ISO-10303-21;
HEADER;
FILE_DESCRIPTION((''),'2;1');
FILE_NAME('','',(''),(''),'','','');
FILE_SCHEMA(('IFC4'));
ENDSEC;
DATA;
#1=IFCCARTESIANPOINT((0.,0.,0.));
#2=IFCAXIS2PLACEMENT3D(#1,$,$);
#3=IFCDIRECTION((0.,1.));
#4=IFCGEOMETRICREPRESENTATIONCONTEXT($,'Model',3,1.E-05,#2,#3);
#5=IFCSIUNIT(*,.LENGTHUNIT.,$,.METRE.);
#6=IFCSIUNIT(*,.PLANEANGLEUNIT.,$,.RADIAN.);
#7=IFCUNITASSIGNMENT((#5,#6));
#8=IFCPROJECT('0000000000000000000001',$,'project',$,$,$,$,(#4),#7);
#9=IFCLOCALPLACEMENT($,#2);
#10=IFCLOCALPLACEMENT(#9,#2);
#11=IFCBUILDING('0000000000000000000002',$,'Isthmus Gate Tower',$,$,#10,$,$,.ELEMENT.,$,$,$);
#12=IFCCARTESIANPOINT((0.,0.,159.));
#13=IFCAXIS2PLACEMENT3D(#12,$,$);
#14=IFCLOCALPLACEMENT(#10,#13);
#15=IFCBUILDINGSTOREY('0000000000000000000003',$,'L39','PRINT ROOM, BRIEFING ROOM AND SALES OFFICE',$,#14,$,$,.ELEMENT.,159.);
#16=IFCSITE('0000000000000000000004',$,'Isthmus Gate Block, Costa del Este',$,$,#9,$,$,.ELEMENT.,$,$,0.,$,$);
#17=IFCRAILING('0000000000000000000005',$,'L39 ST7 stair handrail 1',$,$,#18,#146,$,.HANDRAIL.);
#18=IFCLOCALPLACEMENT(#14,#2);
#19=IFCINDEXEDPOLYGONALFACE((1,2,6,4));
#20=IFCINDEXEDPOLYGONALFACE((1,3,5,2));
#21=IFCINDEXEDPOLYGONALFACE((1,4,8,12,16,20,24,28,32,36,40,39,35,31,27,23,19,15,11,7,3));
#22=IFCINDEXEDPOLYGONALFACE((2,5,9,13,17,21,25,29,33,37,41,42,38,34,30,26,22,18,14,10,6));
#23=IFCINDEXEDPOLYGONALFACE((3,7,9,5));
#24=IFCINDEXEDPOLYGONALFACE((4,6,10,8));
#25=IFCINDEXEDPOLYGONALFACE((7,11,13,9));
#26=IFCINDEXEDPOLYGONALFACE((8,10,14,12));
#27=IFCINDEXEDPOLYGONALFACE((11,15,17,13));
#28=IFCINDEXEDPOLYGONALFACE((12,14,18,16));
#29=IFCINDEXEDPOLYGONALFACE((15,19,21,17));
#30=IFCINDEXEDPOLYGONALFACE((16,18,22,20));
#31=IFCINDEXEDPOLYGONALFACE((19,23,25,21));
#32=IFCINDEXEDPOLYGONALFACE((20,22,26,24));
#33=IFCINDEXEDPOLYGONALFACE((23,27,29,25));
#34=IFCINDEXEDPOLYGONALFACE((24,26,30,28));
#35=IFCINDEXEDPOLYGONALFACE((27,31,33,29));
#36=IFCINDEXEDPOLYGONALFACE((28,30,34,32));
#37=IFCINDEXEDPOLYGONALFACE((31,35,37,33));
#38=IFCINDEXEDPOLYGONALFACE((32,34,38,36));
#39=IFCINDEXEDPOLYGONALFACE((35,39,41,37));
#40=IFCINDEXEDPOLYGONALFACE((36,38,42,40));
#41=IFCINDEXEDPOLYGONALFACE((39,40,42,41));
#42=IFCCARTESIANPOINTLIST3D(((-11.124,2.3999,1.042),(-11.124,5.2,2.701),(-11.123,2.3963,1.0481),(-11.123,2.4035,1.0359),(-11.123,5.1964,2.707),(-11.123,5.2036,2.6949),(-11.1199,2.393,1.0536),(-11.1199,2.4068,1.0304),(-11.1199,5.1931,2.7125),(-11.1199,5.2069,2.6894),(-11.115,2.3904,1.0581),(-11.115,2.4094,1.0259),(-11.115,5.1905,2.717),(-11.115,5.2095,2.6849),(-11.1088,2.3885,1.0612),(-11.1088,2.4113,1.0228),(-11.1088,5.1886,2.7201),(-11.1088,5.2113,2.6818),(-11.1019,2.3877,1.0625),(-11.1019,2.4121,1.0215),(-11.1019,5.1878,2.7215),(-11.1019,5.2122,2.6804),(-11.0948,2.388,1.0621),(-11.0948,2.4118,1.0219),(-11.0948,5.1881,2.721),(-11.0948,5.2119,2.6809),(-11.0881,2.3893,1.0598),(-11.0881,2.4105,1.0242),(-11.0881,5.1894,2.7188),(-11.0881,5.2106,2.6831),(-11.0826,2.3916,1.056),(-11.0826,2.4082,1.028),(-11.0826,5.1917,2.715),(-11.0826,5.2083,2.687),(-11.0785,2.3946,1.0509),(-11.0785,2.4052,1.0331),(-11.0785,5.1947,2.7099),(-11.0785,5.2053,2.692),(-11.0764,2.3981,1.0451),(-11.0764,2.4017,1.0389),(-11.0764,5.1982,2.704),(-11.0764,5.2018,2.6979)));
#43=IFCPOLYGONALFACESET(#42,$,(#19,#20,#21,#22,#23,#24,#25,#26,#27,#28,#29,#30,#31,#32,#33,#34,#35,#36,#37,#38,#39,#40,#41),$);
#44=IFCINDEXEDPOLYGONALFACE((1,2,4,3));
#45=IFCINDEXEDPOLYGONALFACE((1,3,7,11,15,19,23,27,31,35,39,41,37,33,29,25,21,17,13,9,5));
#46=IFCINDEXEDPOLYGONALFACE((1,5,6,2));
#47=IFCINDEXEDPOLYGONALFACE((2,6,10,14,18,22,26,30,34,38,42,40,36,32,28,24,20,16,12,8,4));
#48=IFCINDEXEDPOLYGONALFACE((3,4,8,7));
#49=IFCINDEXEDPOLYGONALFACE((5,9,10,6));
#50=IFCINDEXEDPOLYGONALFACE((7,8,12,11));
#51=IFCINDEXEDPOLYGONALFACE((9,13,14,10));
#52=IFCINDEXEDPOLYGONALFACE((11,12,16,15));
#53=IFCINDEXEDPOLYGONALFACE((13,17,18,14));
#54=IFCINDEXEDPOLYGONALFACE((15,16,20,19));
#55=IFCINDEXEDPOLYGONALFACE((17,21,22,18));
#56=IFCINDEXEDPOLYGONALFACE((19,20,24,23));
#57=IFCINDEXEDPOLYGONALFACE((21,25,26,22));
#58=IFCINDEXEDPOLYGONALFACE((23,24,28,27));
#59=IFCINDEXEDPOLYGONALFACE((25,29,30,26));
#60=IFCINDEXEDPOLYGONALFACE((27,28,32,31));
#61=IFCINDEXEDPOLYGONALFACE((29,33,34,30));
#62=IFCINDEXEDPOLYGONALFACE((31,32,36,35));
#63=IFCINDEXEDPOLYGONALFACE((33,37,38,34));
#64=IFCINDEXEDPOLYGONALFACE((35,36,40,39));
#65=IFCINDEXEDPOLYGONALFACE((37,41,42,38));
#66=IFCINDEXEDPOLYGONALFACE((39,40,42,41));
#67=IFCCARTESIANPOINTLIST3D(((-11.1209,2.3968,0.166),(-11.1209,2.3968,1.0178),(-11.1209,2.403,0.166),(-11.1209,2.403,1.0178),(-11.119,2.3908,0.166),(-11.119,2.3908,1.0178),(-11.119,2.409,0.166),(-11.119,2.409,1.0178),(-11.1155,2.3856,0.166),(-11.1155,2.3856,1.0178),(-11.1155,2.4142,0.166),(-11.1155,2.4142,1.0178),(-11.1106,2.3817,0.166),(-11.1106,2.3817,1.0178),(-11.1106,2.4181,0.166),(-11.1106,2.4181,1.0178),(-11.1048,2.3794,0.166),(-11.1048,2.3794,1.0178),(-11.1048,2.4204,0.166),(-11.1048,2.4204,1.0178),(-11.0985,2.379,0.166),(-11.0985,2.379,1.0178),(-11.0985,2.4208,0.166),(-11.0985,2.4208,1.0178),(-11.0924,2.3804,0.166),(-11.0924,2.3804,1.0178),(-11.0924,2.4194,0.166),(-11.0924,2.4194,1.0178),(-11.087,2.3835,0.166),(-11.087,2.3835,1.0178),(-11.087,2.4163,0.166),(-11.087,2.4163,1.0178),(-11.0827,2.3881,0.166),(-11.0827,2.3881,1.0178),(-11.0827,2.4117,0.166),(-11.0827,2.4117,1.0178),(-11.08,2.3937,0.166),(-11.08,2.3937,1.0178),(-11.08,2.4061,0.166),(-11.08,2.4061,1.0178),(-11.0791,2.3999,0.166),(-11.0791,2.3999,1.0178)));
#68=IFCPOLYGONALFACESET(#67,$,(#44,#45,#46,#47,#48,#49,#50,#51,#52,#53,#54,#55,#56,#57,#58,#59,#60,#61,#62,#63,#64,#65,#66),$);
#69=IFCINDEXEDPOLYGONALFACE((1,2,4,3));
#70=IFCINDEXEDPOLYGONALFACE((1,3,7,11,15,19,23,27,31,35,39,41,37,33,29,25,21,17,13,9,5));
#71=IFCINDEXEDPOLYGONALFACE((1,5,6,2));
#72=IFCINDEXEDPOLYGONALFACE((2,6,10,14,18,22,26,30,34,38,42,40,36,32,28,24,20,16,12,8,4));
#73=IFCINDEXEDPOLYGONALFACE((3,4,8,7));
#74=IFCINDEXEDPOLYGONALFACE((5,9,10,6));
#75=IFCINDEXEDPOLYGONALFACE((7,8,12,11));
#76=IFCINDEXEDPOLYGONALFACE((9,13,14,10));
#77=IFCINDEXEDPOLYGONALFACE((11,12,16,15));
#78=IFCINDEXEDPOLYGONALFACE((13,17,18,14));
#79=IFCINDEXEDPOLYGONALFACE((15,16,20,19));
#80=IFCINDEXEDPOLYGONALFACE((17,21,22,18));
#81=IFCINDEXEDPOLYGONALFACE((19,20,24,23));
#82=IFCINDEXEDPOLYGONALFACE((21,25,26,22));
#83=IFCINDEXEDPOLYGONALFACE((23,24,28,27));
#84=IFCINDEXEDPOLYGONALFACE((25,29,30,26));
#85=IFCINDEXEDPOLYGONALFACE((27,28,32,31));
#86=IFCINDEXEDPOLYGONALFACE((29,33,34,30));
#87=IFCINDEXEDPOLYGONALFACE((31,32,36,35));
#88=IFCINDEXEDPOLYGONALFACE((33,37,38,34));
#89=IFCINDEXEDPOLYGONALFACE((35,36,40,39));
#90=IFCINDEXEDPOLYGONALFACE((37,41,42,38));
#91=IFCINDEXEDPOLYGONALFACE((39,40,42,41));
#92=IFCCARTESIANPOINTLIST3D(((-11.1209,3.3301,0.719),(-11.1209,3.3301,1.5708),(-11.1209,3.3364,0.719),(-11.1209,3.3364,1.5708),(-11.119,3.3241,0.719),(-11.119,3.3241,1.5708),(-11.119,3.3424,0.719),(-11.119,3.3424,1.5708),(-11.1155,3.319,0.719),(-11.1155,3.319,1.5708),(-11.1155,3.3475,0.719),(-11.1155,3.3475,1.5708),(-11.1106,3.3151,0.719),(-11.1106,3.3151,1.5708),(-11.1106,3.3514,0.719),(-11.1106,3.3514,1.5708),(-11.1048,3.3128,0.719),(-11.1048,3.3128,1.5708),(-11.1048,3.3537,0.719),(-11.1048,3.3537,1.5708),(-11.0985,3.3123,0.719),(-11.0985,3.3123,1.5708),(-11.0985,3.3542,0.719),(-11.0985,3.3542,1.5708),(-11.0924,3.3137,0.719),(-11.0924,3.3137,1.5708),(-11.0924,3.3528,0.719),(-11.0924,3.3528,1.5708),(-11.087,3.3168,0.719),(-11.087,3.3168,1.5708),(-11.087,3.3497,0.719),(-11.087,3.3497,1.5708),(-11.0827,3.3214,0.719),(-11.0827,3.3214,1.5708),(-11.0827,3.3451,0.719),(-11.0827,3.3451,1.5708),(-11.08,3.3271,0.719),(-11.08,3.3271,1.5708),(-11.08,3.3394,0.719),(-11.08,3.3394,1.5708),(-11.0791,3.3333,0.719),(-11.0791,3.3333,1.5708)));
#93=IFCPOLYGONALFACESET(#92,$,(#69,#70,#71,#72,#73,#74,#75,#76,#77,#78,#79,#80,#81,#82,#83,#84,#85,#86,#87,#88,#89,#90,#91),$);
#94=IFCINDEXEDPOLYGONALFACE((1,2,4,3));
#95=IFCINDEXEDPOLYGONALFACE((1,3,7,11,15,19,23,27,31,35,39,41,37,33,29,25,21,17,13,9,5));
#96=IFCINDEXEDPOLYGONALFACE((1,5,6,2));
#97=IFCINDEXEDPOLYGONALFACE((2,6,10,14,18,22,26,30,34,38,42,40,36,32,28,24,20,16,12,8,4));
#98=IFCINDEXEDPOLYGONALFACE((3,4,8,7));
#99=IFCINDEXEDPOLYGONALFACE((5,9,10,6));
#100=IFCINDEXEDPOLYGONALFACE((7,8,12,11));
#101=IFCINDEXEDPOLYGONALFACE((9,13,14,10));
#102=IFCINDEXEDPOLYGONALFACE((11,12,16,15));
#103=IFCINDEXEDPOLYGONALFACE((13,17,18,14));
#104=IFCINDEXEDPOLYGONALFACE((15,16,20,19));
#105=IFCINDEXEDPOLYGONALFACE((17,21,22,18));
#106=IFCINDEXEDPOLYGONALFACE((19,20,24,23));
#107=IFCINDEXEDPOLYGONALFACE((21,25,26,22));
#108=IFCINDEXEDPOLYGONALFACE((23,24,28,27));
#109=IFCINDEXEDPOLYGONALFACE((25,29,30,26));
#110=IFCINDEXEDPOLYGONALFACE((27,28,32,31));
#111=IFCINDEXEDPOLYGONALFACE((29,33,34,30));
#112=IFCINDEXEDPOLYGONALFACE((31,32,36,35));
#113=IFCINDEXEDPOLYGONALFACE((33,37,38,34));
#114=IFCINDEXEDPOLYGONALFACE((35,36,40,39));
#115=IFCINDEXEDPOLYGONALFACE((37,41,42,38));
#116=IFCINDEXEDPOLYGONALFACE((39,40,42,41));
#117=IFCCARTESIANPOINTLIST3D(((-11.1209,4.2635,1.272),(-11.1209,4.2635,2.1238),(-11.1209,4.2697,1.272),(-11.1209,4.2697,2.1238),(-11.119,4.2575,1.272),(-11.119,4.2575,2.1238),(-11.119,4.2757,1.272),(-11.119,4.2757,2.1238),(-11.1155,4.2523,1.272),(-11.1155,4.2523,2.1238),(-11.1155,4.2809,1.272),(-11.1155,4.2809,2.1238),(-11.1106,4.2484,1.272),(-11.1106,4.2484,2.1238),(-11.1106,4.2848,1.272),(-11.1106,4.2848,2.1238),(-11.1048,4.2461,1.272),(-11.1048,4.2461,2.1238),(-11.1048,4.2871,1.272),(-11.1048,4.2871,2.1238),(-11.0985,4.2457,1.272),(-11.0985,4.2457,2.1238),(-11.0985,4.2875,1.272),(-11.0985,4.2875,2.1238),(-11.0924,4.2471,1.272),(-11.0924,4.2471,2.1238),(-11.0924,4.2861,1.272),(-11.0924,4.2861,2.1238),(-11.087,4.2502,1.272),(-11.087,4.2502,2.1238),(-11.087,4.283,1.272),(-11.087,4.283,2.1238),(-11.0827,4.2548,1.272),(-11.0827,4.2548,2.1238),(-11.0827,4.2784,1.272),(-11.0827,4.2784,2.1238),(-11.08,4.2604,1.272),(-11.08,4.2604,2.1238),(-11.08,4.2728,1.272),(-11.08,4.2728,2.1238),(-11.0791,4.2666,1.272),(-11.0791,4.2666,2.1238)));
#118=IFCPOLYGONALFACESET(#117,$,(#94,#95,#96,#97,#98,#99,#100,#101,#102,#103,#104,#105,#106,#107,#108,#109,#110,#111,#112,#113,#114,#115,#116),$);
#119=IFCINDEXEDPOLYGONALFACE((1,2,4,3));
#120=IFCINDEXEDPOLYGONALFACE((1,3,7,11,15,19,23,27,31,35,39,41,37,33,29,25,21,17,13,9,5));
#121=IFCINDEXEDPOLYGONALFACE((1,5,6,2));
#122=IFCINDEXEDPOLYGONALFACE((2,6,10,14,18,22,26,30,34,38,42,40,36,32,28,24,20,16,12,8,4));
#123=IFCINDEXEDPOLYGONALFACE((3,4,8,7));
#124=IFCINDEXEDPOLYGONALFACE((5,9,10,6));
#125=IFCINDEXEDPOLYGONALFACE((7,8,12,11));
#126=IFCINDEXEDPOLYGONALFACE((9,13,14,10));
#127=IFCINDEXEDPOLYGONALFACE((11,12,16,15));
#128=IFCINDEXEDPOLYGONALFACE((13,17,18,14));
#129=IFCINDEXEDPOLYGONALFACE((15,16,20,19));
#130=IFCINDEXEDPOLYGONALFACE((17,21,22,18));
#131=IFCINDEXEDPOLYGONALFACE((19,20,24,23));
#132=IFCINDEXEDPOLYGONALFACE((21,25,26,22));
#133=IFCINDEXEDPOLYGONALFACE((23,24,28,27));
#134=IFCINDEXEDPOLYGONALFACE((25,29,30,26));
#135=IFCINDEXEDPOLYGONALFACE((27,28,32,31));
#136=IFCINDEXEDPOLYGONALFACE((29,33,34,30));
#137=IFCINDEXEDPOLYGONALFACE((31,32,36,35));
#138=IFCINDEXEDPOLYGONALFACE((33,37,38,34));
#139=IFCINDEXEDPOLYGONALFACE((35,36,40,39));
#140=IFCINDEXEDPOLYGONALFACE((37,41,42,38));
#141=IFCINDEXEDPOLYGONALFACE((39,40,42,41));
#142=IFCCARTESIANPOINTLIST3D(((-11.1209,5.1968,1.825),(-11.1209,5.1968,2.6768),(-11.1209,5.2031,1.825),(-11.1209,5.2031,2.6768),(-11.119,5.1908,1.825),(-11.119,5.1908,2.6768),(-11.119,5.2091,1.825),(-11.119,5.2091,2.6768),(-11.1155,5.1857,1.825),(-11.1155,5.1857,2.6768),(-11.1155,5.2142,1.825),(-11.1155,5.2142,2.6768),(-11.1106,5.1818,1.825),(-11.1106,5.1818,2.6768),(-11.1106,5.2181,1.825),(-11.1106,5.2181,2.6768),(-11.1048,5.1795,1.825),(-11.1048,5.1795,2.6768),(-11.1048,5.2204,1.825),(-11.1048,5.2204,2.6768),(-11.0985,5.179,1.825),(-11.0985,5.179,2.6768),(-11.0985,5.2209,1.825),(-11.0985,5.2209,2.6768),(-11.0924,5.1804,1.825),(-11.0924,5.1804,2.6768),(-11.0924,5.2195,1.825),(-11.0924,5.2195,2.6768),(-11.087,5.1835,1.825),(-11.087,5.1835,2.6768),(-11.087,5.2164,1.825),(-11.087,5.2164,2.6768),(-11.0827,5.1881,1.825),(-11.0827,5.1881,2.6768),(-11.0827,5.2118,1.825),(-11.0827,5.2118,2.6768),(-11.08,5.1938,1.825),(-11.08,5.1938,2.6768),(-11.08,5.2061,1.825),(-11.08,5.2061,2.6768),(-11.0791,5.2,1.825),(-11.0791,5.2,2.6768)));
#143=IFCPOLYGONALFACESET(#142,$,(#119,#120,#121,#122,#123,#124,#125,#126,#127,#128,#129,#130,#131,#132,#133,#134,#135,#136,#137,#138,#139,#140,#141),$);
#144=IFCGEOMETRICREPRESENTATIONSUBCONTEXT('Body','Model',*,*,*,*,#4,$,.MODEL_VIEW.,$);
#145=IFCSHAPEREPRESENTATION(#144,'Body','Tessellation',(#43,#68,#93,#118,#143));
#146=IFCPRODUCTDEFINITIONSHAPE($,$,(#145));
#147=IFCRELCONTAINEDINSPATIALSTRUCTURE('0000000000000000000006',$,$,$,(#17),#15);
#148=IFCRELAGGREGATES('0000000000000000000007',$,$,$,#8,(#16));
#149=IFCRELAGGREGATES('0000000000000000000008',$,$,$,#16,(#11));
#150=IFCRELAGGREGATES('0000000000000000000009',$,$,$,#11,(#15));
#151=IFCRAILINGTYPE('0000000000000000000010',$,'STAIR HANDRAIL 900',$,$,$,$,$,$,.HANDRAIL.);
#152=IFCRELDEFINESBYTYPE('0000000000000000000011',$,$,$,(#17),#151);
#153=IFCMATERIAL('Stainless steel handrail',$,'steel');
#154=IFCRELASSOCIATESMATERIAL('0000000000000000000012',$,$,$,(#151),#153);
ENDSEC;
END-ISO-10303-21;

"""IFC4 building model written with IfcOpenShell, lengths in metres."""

from ifc_helpers import new_model, si_unit, direction, frame, origin, origin_2d, place, context, subcontext, project, spatial, circle, extrude, material, type_object, element, save


model = new_model("IFC4")

# Units and contexts
model_context = context("Model", 3, precision=1e-05, world=origin(), true_north=direction((0.0, 1.0)))
body_context = subcontext(model_context, "Body", "Model", "MODEL_VIEW")
ifc_project = project(units=[si_unit("LENGTHUNIT", "METRE"), si_unit("PLANEANGLEUNIT", "RADIAN")], contexts=[model_context])

# Site, building, storey
site_placement = place(None, origin())
site = spatial("IfcSite", under=ifc_project, at=site_placement, Name="Isthmus Gate Block, Costa del Este", CompositionType="ELEMENT", RefElevation=0.0)
building_placement = place(site_placement, origin())
building = spatial("IfcBuilding", under=site, at=building_placement, Name="Isthmus Gate Tower", CompositionType="ELEMENT")
storey_placement = place(building_placement, frame((0.0, 0.0, 159.0)))
storey = spatial("IfcBuildingStorey", under=building, at=storey_placement, Name="L39", Description="PRINT ROOM, BRIEFING ROOM AND SALES OFFICE", CompositionType="ELEMENT", Elevation=159.0)

# Railing
ifc_material_1 = material(Name="Stainless steel handrail", Category="steel")
railing_type = type_object("IfcRailingType", Name="STAIR HANDRAIL 900", PredefinedType="HANDRAIL", material=ifc_material_1)
for number, where, name in (
    (1, (-11.1001, 2.3999, 0.166), "L39 ST7 stair handrail 1"),
):
    element("IfcRailing", number, at=place(storey_placement, frame(where)), inside=storey, type_object=railing_type, Name=name, PredefinedType="HANDRAIL", context=body_context, shape_type="SweptSolid", body=[
        extrude(circle(Radius=0.0239, at=origin_2d()), frame((0.0, 0.0, 0.876), z_axis=(0.0, 0.860339, 0.509722), x_axis=(-1.0, 0.0, 0.0)), (0.0, 0.0, 1.0), 3.2546),
        extrude(circle(Radius=0.021, at=origin_2d()), origin(), (0.0, 0.0, 1.0), 0.8518),
        extrude(circle(Radius=0.021, at=origin_2d()), frame((0.0, 0.9333, 0.553)), (0.0, 0.0, 1.0), 0.8518),
        extrude(circle(Radius=0.021, at=origin_2d()), frame((0.0, 1.8667, 1.106)), (0.0, 0.0, 1.0), 0.8518),
        extrude(circle(Radius=0.021, at=origin_2d()), frame((0.0, 2.8, 1.6589)), (0.0, 0.0, 1.0), 0.8518),
    ])

save(model, "model.ifc")
